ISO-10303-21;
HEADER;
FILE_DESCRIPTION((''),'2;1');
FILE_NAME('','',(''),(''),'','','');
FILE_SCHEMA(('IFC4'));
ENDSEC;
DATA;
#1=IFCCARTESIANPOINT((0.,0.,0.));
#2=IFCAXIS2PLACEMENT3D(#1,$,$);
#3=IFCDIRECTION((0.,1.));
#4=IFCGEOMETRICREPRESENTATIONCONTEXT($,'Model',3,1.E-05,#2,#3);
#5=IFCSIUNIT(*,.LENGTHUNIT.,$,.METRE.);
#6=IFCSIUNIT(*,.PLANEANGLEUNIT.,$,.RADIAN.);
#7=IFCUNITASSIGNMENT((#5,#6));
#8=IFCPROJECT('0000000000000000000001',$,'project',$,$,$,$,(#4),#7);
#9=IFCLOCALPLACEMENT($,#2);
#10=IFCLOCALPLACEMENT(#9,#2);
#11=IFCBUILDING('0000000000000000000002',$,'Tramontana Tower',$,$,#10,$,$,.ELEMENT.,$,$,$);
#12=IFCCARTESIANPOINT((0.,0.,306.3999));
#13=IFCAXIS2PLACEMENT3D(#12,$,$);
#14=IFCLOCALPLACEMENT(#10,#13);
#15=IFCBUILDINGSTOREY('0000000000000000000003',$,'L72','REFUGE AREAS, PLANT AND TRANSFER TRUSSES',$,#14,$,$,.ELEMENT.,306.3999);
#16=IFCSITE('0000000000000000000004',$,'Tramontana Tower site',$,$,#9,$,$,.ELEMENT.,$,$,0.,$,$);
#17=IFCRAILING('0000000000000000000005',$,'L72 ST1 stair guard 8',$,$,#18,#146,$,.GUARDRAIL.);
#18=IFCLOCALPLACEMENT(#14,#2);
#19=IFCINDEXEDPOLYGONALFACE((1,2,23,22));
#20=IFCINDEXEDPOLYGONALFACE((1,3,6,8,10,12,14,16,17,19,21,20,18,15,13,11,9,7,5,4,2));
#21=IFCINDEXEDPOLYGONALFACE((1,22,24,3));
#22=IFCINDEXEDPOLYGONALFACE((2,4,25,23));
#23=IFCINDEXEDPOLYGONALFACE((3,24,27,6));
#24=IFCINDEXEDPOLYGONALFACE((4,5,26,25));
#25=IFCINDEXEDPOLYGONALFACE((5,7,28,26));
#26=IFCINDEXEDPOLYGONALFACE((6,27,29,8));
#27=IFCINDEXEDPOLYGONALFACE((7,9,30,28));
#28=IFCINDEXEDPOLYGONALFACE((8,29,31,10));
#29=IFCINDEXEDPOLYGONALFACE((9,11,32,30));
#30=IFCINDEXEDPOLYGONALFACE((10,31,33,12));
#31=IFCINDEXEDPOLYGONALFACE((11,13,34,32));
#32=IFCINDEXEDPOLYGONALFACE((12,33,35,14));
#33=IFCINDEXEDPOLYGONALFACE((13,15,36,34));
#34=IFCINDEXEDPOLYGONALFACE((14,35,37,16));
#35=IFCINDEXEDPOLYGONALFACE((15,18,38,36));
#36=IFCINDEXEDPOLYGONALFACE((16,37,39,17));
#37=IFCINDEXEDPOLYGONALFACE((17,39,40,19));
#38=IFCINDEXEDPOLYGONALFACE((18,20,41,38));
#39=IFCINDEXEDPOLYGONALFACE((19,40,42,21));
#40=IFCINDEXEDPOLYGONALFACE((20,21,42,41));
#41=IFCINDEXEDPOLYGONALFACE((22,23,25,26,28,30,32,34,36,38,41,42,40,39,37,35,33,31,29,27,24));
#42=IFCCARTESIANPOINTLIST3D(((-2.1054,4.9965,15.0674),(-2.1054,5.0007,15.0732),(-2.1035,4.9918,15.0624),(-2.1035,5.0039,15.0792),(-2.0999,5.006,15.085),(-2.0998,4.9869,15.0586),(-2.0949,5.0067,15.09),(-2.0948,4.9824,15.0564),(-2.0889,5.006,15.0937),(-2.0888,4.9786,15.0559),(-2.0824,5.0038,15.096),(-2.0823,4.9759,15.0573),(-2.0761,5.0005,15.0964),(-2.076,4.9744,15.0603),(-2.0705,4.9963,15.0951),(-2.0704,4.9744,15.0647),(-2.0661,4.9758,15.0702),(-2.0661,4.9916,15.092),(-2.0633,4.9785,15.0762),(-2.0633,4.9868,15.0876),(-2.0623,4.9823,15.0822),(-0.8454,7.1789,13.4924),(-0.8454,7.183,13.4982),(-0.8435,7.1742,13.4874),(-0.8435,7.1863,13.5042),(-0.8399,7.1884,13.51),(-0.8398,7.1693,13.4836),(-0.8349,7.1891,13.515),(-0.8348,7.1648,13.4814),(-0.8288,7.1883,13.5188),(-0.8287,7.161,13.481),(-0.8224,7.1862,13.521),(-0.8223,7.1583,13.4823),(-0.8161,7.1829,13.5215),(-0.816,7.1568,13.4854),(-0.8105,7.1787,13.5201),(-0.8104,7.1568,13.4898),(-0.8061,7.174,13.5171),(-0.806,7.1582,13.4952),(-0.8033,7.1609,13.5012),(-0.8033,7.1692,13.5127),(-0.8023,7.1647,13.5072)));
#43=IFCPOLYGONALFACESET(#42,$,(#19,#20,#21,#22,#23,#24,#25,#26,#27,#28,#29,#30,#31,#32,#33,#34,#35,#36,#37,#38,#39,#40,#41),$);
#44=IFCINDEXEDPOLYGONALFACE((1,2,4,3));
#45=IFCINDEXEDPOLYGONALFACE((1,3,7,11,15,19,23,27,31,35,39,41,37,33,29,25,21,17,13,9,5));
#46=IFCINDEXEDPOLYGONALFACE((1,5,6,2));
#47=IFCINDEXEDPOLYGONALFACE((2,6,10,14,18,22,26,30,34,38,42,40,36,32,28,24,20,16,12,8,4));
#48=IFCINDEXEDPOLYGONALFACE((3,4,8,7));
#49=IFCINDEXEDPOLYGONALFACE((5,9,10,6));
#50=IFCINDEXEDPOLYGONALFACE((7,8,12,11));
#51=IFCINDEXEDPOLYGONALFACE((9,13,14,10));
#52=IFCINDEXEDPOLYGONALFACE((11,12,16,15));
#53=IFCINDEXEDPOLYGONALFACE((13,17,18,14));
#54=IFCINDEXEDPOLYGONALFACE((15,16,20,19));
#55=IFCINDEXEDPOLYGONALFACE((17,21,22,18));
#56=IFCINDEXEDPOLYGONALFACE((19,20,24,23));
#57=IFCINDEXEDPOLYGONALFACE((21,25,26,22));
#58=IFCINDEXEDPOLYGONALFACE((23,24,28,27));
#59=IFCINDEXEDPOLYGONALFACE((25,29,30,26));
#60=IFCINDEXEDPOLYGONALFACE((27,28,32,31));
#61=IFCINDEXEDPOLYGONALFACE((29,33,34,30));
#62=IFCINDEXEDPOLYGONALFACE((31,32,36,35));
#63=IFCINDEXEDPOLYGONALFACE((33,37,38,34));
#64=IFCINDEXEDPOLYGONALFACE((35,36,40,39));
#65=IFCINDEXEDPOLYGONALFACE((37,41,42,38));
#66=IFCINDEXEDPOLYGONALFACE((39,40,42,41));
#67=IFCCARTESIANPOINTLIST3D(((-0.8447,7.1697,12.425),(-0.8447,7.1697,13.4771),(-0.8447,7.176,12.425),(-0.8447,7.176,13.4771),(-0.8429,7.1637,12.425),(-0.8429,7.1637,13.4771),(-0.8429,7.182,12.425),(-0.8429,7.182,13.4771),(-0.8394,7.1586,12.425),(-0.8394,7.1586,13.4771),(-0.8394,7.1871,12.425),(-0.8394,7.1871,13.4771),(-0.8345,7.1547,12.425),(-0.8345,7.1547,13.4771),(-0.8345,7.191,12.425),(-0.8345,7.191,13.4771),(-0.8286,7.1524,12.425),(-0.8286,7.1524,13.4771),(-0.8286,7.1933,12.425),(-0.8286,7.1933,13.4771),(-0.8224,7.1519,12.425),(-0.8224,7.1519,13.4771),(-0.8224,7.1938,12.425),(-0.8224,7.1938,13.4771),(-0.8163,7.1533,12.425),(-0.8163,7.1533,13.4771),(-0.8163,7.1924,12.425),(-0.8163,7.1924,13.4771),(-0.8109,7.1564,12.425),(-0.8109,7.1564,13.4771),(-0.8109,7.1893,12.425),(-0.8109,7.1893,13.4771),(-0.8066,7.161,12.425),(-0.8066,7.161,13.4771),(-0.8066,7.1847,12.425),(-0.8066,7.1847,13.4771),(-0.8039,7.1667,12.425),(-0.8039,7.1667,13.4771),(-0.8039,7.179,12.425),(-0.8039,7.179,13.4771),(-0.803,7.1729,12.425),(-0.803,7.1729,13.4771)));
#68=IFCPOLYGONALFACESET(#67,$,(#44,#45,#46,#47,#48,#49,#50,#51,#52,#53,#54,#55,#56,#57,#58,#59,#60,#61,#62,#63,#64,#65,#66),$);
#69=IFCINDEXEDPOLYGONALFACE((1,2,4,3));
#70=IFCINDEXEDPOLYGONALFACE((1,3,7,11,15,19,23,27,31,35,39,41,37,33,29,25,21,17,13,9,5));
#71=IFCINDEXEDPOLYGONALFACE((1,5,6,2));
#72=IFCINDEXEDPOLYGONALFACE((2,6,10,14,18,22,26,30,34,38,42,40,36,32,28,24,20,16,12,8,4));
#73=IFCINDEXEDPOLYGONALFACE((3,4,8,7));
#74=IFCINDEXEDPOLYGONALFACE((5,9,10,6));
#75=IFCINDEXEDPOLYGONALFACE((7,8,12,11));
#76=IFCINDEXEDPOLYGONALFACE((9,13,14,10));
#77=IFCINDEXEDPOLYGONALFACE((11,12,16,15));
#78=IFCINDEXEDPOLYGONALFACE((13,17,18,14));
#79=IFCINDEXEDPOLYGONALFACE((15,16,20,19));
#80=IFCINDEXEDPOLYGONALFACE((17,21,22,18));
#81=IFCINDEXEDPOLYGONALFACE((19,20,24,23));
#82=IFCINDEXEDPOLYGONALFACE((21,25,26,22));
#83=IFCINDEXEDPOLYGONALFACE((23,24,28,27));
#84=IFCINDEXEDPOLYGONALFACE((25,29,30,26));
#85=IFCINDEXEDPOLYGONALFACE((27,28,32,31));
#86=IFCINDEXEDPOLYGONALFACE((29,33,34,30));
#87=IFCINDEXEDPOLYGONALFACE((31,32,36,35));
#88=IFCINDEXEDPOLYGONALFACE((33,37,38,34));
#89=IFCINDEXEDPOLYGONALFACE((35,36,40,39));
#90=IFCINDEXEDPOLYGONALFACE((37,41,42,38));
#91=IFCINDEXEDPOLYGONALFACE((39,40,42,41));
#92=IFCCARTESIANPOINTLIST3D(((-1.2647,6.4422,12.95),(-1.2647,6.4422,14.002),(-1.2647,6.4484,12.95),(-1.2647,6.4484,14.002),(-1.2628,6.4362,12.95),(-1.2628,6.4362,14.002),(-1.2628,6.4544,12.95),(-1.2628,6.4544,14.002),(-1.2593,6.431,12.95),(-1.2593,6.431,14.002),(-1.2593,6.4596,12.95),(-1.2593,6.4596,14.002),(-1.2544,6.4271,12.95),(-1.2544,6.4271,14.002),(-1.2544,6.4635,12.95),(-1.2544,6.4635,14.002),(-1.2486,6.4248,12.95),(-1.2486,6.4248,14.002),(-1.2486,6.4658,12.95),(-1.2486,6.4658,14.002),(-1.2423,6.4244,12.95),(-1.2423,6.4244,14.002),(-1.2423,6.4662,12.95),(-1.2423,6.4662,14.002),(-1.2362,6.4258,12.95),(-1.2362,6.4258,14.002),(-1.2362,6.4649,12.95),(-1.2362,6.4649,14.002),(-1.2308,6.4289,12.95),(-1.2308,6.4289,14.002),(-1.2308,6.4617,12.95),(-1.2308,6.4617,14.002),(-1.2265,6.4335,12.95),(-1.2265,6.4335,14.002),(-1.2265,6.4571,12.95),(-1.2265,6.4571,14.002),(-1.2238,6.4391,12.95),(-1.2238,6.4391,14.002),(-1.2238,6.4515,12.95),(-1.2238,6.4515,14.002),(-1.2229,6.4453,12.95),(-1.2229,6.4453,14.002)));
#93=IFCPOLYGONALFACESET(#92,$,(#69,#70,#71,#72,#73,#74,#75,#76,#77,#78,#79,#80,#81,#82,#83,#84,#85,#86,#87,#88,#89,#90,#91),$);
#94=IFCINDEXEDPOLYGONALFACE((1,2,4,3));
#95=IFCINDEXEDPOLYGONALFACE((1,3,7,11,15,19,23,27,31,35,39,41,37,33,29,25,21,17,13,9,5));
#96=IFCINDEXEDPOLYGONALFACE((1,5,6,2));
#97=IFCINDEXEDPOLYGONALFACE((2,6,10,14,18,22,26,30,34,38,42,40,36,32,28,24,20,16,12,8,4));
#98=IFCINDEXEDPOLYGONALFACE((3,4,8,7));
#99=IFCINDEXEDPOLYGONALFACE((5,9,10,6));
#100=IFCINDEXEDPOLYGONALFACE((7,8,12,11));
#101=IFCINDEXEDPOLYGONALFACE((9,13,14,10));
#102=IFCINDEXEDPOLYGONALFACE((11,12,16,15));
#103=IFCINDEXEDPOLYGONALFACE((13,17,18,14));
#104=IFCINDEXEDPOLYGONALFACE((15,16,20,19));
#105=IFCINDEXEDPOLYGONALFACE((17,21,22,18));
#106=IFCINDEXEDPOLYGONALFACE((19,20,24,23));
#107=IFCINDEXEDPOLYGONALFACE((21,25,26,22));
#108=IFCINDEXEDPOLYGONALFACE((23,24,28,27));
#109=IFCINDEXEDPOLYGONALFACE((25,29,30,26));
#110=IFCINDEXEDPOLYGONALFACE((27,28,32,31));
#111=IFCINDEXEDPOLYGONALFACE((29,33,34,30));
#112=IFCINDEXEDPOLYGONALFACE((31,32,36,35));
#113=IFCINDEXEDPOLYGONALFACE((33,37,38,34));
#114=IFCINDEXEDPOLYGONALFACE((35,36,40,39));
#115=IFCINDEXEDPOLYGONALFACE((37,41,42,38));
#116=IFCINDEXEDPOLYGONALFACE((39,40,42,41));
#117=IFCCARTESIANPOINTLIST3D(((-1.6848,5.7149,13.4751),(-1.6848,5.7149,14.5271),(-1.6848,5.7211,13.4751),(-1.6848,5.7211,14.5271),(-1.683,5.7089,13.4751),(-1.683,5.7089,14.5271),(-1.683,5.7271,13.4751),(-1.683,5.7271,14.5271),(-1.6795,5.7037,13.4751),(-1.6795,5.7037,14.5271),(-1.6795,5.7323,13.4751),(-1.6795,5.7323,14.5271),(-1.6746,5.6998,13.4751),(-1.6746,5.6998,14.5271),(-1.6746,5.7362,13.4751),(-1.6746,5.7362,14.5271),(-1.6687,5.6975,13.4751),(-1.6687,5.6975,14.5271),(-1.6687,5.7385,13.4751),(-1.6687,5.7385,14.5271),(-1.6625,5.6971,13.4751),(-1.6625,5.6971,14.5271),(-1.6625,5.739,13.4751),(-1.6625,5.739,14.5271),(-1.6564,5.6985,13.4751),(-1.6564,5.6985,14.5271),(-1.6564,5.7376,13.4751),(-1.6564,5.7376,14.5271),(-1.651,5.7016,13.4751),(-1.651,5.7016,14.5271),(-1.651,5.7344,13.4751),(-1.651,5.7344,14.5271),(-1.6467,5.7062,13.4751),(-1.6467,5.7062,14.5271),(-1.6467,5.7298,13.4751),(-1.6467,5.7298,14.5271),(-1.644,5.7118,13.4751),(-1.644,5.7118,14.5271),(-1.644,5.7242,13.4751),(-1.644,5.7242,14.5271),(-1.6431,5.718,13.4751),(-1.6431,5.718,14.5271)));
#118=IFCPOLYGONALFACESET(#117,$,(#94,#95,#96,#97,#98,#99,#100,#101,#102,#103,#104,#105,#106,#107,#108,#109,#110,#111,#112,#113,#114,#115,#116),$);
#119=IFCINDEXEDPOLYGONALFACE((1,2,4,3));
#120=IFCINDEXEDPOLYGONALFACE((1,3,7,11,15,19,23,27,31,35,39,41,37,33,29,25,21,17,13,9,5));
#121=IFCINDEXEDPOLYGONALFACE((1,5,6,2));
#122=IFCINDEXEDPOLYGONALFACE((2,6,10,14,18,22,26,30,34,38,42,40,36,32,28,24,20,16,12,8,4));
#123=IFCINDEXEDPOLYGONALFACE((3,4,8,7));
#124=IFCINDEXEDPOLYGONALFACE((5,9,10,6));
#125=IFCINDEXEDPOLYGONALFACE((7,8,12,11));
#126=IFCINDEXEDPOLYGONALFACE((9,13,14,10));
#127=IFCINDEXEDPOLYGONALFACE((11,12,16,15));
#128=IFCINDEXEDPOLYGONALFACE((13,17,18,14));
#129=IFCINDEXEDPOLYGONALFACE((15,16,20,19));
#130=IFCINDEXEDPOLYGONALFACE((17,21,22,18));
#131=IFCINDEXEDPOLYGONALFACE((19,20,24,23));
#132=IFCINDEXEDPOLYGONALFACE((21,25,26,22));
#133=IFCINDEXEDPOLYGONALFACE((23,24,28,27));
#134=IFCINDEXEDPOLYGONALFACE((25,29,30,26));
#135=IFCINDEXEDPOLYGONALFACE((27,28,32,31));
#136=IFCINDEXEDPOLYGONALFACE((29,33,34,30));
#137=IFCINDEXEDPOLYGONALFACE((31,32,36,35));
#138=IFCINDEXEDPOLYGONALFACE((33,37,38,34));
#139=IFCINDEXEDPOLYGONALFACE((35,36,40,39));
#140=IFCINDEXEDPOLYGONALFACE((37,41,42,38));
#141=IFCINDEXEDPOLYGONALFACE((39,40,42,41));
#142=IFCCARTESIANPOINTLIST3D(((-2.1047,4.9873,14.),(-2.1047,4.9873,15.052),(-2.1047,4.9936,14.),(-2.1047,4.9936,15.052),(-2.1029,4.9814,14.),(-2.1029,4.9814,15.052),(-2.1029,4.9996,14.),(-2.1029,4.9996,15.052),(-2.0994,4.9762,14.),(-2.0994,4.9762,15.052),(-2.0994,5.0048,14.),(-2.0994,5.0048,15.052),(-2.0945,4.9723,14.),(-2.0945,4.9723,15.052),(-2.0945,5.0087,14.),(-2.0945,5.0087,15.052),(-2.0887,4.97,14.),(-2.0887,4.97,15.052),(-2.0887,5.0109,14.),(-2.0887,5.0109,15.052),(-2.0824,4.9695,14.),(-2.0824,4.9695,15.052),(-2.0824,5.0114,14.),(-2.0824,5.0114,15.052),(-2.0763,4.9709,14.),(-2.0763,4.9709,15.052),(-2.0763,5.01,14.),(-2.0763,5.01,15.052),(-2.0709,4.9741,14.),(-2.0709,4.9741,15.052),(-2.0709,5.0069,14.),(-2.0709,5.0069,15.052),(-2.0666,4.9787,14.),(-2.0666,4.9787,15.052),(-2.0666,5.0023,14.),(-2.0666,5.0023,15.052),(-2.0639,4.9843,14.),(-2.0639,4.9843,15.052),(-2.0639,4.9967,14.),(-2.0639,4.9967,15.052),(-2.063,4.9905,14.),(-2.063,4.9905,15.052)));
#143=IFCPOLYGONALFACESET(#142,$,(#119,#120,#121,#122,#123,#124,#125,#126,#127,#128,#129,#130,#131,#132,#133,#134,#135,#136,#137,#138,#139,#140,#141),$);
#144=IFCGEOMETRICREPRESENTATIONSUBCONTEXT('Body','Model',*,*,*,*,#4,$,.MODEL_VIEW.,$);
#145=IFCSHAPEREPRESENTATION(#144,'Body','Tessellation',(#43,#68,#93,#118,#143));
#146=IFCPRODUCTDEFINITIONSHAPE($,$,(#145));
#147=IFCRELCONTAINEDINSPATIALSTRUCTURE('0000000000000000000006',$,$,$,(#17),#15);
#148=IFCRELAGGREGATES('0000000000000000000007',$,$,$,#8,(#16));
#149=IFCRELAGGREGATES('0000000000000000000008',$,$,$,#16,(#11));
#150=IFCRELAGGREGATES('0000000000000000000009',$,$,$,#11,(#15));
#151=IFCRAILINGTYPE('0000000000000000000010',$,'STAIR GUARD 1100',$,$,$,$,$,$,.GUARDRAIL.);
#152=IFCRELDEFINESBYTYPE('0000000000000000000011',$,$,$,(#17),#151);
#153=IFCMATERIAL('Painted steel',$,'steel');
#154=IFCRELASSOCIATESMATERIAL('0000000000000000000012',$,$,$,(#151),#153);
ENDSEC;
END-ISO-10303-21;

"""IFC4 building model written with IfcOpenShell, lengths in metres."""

from ifc_helpers import new_model, si_unit, direction, frame, origin, origin_2d, place, context, subcontext, project, spatial, circle, extrude, material, type_object, element, save


model = new_model("IFC4")

# Units and contexts
model_context = context("Model", 3, precision=1e-05, world=origin(), true_north=direction((0.0, 1.0)))
body_context = subcontext(model_context, "Body", "Model", "MODEL_VIEW")
ifc_project = project(units=[si_unit("LENGTHUNIT", "METRE"), si_unit("PLANEANGLEUNIT", "RADIAN")], contexts=[model_context])

# Site, building, storey
site_placement = place(None, origin())
site = spatial("IfcSite", under=ifc_project, at=site_placement, Name="Tramontana Tower site", CompositionType="ELEMENT", RefElevation=0.0)
building_placement = place(site_placement, origin())
building = spatial("IfcBuilding", under=site, at=building_placement, Name="Tramontana Tower", CompositionType="ELEMENT")
storey_placement = place(building_placement, frame((0.0, 0.0, 306.3999)))
storey = spatial("IfcBuildingStorey", under=building, at=storey_placement, Name="L72", Description="REFUGE AREAS, PLANT AND TRANSFER TRUSSES", CompositionType="ELEMENT", Elevation=306.3999)

# Railing
ifc_material_1 = material(Name="Painted steel", Category="steel")
railing_type_1 = type_object("IfcRailingType", Name="STAIR GUARD 1100", PredefinedType="GUARDRAIL", material=ifc_material_1)
railing_1_placement = place(storey_placement, frame((-0.824, 7.1729, 12.425)))
element("IfcRailing", 1, at=railing_1_placement, inside=storey, type_object=railing_type_1, Name="L72 ST1 stair guard 8", PredefinedType="GUARDRAIL", context=body_context, shape_type="SweptSolid", body=[
    extrude(circle(Radius=0.0239, at=origin_2d()), frame((0.0, 0.0, 1.0762), z_axis=(-0.424007, -0.734392, 0.529988), x_axis=(0.866023, -0.500005, 0.0)), (0.0, 0.0, 1.0), 2.9717),
    extrude(circle(Radius=0.021, at=origin_2d()), origin(), (0.0, 0.0, 1.0), 1.052),
    extrude(circle(Radius=0.021, at=origin_2d()), frame((-0.4199, -0.7275, 0.5249)), (0.0, 0.0, 1.0), 1.052),
    extrude(circle(Radius=0.021, at=origin_2d()), frame((-0.8401, -1.4548, 1.05)), (0.0, 0.0, 1.0), 1.052),
    extrude(circle(Radius=0.021, at=origin_2d()), frame((-1.26, -2.1824, 1.575)), (0.0, 0.0, 1.0), 1.052),
])

save(model, "model.ifc")
